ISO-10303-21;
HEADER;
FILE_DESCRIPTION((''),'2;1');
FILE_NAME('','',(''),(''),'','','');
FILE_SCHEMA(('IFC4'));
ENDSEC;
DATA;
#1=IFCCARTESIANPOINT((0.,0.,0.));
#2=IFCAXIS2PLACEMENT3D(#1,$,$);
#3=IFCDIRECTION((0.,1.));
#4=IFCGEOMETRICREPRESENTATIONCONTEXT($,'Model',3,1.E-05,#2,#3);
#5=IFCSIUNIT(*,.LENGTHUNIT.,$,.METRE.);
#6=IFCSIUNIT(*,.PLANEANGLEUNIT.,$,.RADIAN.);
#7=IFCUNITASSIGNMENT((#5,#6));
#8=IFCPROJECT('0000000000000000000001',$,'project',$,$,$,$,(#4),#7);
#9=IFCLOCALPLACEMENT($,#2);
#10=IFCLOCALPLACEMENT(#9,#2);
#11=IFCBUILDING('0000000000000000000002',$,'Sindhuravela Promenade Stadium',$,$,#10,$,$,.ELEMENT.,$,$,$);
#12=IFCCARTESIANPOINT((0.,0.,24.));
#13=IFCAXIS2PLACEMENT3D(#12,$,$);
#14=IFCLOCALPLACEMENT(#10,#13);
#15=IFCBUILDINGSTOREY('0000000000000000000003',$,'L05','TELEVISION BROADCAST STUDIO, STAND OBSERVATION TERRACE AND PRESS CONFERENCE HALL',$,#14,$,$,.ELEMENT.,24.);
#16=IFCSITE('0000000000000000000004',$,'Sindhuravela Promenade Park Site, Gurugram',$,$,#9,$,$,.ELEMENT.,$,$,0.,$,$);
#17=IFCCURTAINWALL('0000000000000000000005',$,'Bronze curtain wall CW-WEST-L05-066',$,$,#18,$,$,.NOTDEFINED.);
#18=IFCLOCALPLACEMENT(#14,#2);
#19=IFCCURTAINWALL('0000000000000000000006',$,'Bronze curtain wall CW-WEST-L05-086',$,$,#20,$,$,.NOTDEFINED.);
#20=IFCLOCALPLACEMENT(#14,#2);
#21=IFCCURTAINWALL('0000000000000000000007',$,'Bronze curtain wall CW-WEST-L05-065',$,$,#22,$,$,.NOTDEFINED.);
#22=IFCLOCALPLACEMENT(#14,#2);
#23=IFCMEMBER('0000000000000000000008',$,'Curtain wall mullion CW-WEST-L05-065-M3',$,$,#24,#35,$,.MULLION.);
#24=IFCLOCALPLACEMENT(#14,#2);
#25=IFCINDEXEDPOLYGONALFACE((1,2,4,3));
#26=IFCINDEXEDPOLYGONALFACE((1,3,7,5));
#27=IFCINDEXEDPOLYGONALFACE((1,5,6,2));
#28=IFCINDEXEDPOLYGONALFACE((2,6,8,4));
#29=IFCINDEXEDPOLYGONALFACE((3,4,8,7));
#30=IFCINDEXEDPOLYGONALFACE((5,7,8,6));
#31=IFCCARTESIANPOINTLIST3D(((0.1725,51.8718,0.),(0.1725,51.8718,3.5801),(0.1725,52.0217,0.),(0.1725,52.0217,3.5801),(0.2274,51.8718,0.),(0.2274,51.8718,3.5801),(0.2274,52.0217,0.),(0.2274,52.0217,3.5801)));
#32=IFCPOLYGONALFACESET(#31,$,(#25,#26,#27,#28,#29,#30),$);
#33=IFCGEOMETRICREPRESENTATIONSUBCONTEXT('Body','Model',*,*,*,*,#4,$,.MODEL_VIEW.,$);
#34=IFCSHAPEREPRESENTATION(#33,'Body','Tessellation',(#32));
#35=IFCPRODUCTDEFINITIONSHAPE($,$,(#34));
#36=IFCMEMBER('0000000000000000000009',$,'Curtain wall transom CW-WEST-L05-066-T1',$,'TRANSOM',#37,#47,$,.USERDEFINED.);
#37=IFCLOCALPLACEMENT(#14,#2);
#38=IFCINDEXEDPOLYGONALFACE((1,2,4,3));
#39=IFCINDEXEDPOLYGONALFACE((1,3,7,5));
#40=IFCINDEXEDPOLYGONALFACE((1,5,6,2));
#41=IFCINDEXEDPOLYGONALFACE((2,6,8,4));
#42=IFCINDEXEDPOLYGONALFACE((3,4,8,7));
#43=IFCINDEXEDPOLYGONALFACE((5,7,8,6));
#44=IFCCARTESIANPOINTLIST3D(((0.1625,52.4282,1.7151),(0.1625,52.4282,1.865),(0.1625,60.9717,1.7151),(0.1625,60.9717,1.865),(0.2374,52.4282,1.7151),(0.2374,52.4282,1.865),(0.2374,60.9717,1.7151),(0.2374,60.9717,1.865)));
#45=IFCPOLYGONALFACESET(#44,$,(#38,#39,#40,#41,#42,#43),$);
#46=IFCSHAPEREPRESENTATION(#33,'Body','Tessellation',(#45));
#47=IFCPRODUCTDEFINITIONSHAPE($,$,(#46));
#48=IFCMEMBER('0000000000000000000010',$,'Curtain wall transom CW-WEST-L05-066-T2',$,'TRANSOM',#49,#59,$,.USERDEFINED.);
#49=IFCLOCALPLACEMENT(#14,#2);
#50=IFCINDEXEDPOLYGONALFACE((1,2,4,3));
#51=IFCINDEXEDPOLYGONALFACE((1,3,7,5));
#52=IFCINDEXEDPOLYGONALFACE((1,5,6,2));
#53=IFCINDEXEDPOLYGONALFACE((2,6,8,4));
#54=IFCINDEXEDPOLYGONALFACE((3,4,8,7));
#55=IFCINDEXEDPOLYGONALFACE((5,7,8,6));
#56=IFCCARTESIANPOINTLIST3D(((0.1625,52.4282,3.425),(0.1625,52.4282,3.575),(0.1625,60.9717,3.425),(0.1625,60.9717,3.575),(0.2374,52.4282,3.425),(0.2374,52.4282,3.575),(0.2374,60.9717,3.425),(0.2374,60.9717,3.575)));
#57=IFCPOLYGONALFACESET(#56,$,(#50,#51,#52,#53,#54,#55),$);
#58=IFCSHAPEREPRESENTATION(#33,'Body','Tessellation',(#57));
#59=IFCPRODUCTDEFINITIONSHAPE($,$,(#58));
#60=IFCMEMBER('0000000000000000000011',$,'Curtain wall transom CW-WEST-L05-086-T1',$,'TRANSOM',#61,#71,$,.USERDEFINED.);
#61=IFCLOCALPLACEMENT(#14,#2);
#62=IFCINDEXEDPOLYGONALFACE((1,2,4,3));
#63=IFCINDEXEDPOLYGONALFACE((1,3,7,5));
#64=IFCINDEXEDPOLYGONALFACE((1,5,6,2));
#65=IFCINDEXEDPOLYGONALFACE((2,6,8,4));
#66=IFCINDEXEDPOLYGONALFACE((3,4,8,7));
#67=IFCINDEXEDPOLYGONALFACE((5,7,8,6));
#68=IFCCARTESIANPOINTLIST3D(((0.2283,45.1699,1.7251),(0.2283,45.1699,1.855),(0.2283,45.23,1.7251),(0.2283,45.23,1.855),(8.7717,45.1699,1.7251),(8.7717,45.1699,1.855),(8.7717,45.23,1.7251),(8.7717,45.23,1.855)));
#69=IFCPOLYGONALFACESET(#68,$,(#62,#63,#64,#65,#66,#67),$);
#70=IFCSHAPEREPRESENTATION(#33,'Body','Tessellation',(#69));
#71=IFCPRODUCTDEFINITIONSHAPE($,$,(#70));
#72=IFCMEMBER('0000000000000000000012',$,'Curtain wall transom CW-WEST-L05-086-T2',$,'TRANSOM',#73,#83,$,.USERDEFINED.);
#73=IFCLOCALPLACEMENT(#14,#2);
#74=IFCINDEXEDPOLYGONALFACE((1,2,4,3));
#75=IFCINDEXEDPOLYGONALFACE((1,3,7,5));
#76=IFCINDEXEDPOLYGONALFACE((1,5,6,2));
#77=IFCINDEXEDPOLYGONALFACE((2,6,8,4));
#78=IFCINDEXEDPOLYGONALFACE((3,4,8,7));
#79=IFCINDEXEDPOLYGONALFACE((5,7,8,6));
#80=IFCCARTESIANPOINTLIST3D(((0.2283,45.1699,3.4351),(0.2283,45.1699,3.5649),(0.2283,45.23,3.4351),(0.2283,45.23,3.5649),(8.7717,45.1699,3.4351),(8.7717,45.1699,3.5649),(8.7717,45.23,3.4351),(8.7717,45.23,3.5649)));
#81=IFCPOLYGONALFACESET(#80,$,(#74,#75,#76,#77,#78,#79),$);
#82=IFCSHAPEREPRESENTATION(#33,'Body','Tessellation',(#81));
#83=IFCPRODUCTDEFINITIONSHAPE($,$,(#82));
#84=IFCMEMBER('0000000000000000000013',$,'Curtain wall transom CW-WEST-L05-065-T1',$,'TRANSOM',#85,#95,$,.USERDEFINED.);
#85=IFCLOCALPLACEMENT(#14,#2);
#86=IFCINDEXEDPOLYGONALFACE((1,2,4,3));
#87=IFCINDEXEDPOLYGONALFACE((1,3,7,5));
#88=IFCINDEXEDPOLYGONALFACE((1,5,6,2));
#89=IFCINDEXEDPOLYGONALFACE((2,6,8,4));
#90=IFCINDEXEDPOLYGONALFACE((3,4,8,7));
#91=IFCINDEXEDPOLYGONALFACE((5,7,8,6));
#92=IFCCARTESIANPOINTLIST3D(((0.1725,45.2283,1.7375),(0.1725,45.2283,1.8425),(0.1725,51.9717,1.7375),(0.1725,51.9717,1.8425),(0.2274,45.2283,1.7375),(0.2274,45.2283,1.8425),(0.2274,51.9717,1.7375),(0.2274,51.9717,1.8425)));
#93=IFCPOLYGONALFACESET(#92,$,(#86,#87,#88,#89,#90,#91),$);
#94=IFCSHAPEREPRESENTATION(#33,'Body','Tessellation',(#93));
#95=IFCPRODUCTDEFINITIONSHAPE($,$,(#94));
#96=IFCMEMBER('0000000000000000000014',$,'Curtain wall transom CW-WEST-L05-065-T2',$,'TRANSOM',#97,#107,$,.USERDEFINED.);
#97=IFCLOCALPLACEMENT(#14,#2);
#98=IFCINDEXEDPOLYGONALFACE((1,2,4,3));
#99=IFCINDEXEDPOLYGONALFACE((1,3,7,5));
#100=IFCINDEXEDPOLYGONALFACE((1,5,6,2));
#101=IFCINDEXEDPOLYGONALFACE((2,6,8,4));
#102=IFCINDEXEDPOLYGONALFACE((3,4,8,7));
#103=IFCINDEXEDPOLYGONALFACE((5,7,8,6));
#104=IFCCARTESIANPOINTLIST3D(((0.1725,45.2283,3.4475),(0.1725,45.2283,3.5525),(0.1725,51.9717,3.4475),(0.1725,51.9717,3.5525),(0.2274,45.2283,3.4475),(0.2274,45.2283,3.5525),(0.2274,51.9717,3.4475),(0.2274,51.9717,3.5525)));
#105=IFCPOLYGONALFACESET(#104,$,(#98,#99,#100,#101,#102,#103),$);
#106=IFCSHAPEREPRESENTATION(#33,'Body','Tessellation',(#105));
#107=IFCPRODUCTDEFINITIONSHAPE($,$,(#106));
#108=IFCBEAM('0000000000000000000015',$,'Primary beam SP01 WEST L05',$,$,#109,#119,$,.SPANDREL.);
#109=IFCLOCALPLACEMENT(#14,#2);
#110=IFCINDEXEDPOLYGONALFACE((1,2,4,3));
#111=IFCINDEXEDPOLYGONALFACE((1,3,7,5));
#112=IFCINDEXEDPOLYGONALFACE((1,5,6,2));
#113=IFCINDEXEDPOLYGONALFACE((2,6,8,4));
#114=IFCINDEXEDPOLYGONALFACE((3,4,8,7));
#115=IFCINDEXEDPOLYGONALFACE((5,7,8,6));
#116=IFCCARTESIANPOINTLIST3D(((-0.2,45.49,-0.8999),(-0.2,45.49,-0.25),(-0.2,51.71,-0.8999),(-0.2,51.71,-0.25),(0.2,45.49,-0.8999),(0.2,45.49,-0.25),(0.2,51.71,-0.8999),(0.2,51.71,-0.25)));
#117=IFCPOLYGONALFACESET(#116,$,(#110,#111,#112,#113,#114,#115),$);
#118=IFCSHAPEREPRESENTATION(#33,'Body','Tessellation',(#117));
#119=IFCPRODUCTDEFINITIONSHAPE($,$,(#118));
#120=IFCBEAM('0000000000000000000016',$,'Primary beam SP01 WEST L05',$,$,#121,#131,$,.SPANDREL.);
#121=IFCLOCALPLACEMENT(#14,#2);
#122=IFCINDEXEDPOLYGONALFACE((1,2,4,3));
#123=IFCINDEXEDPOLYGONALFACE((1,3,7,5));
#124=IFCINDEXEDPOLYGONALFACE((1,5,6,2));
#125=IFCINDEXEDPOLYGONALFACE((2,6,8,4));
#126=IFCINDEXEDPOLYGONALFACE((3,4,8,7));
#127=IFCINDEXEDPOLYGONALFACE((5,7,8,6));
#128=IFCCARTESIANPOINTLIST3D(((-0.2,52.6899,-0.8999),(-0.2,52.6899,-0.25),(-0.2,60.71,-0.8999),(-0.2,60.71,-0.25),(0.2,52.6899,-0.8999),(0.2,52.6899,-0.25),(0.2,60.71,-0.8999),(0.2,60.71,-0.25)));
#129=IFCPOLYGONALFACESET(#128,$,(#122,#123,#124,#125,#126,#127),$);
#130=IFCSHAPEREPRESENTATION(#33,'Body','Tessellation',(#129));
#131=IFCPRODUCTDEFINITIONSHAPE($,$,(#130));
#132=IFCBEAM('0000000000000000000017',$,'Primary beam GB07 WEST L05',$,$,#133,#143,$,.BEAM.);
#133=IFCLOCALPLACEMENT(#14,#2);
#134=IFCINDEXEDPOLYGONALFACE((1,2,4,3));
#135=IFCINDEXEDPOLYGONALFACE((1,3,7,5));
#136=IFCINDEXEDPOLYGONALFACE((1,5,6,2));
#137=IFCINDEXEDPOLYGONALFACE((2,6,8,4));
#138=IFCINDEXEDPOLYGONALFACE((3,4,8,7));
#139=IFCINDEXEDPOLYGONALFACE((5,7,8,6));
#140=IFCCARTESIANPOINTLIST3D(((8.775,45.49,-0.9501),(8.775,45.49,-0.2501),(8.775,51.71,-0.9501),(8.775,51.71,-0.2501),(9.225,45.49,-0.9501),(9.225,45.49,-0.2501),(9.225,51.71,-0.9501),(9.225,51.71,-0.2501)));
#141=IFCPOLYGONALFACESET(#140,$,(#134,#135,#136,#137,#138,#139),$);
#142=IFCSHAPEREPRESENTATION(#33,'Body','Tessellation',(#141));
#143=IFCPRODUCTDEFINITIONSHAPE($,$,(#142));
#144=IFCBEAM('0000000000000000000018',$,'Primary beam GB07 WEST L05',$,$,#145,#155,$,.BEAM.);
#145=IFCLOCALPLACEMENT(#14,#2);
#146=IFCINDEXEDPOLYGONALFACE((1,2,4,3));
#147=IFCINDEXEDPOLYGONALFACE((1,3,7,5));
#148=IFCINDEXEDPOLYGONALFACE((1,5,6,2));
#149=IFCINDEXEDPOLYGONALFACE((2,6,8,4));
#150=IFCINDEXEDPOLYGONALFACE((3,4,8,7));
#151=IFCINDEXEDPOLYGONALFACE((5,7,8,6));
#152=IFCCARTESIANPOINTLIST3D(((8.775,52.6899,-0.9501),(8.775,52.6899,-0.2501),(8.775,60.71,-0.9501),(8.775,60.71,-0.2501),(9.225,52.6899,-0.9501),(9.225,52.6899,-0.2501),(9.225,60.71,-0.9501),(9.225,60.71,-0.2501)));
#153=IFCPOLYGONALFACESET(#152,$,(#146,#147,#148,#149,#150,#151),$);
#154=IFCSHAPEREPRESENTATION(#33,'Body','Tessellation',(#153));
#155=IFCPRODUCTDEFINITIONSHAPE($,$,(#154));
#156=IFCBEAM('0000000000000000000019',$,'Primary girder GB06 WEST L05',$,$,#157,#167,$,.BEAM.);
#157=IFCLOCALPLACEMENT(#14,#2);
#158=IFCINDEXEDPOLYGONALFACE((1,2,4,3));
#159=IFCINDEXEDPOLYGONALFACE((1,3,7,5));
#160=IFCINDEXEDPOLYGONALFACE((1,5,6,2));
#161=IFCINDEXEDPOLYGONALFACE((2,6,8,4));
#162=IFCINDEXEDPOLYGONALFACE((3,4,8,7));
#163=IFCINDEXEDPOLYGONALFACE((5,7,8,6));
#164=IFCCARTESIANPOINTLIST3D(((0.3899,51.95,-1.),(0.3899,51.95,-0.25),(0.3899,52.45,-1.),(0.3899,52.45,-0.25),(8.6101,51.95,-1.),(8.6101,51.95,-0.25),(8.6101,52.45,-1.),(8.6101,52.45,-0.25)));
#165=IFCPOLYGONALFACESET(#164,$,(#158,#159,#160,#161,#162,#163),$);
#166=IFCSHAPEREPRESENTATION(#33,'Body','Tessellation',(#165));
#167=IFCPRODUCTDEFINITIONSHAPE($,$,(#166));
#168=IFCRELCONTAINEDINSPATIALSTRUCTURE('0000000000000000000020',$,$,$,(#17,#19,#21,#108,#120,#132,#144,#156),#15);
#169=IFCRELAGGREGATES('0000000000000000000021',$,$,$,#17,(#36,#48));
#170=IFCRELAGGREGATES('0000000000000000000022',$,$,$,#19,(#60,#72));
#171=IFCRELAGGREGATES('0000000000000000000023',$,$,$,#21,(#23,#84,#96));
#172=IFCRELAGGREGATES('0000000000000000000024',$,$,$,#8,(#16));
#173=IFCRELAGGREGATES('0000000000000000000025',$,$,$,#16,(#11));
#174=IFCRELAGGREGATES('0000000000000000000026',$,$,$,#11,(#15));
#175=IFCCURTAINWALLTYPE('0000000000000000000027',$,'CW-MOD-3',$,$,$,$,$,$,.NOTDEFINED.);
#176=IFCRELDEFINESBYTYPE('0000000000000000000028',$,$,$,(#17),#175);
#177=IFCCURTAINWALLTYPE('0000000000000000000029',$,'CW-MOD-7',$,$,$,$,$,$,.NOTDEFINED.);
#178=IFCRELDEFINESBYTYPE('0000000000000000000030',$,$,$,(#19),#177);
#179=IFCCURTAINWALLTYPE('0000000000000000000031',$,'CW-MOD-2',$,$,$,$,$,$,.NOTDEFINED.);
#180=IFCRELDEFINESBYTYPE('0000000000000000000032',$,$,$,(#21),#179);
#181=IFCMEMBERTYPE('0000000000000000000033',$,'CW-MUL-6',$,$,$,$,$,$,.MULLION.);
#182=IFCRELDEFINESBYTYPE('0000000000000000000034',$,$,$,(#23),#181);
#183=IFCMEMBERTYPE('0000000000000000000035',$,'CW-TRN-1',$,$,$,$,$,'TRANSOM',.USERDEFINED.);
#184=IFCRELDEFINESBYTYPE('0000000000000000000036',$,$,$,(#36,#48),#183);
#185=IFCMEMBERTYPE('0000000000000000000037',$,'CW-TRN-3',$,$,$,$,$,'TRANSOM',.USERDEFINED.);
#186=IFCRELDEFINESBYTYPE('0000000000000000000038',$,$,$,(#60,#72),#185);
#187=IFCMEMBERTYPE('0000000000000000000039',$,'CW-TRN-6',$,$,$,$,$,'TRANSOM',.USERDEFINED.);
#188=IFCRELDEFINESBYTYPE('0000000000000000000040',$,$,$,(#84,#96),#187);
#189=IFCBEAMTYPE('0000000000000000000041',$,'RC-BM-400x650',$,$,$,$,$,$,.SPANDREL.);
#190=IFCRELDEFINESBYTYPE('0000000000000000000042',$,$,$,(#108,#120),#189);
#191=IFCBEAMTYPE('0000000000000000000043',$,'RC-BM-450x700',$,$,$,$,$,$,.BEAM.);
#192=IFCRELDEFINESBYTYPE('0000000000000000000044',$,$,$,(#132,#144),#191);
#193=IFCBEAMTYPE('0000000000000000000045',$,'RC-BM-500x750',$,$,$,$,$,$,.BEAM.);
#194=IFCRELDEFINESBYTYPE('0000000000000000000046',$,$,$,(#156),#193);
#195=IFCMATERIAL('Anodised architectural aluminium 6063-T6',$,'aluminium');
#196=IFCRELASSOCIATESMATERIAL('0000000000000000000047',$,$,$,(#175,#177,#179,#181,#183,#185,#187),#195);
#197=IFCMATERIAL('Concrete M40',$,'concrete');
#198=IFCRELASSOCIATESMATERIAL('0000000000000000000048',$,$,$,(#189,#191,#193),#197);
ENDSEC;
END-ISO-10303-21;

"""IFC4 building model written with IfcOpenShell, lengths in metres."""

from ifc_helpers import new_model, si_unit, direction, frame, origin, origin_2d, place, context, subcontext, project, spatial, rectangle, extrude, material, material_profile, profile_set, type_object, element, aggregate, save


model = new_model("IFC4")

# Units and contexts
model_context = context("Model", 3, precision=1e-05, world=origin(), true_north=direction((0.0, 1.0)))
body_context = subcontext(model_context, "Body", "Model", "MODEL_VIEW")
ifc_project = project(units=[si_unit("LENGTHUNIT", "METRE"), si_unit("PLANEANGLEUNIT", "RADIAN")], contexts=[model_context])

# Site, building, storey
site_placement = place(None, origin())
site = spatial("IfcSite", under=ifc_project, at=site_placement, Name="Sindhuravela Promenade Park Site, Gurugram", CompositionType="ELEMENT", RefElevation=0.0)
building_placement = place(site_placement, origin())
building = spatial("IfcBuilding", under=site, at=building_placement, Name="Sindhuravela Promenade Stadium", CompositionType="ELEMENT")
storey_placement = place(building_placement, frame((0.0, 0.0, 24.0)))
storey = spatial("IfcBuildingStorey", under=building, at=storey_placement, Name="L05", Description="TELEVISION BROADCAST STUDIO, STAND OBSERVATION TERRACE AND PRESS CONFERENCE HALL", CompositionType="ELEMENT", Elevation=24.0)

# Curtain wall
ifc_material_1 = material(Name="Anodised architectural aluminium 6063-T6", Category="aluminium")
curtain_wall_type_1 = type_object("IfcCurtainWallType", Name="CW-MOD-3", PredefinedType="NOTDEFINED", material=ifc_material_1)
curtain_wall_1_placement = place(storey_placement, origin())
curtain_wall_1 = element("IfcCurtainWall", 1, at=curtain_wall_1_placement, inside=storey, type_object=curtain_wall_type_1, Name="Bronze curtain wall CW-WEST-L05-066", PredefinedType="NOTDEFINED")

# Curtain walls, member
curtain_wall_type_2 = type_object("IfcCurtainWallType", Name="CW-MOD-7", PredefinedType="NOTDEFINED", material=ifc_material_1)
curtain_wall_2_placement = place(storey_placement, origin())
curtain_wall_2 = element("IfcCurtainWall", 2, at=curtain_wall_2_placement, inside=storey, type_object=curtain_wall_type_2, Name="Bronze curtain wall CW-WEST-L05-086", PredefinedType="NOTDEFINED")
curtain_wall_type_3 = type_object("IfcCurtainWallType", Name="CW-MOD-2", PredefinedType="NOTDEFINED", material=ifc_material_1)
curtain_wall_3_placement = place(storey_placement, origin())
curtain_wall_3 = element("IfcCurtainWall", 3, at=curtain_wall_3_placement, inside=storey, type_object=curtain_wall_type_3, Name="Bronze curtain wall CW-WEST-L05-065", PredefinedType="NOTDEFINED")
ifc_material_profile_1 = material_profile(ifc_material_1, rectangle(XDim=0.0549, YDim=0.1499, at=origin_2d()), Name="ALU M55x150")
ifc_profile_set_1 = profile_set([ifc_material_profile_1], Name="Anodised architectural aluminium 6063-T6")
member_type_1 = type_object("IfcMemberType", Name="CW-MUL-6", PredefinedType="MULLION", material=ifc_profile_set_1)
member_1_placement = place(storey_placement, frame((0.2, 51.9468, 0.0), z_axis=(0.0, 0.0, 1.0), x_axis=(1.0, 0.0, 0.0)))
member_1 = element("IfcMember", 4, at=member_1_placement, type_object=member_type_1, Name="Curtain wall mullion CW-WEST-L05-065-M3", PredefinedType="MULLION", context=body_context, shape_type="SweptSolid", body=[
    extrude(rectangle(XDim=0.0549, YDim=0.1499, at=origin_2d()), origin(), (0.0, 0.0, 1.0), 3.5801),
])

# Members
ifc_material_profile_2 = material_profile(ifc_material_1, rectangle(XDim=0.075, YDim=0.1499, at=origin_2d()), Name="ALU TRAN 75x150")
ifc_profile_set_2 = profile_set([ifc_material_profile_2], Name="Anodised architectural aluminium 6063-T6")
member_type_2 = type_object("IfcMemberType", Name="CW-TRN-1", ElementType="TRANSOM", PredefinedType="USERDEFINED", material=ifc_profile_set_2)
member_2_placement = place(storey_placement, frame((0.2, 52.4282, 1.79), z_axis=(0.0, 1.0, 0.0), x_axis=(-1.0, 0.0, 0.0)))
member_2 = element("IfcMember", 5, at=member_2_placement, type_object=member_type_2, Name="Curtain wall transom CW-WEST-L05-066-T1", ObjectType="TRANSOM", PredefinedType="USERDEFINED", context=body_context, shape_type="SweptSolid", body=[
    extrude(rectangle(XDim=0.075, YDim=0.1499, at=origin_2d()), origin(), (0.0, 0.0, 1.0), 8.5435),
])
member_3_placement = place(storey_placement, frame((0.2, 52.4282, 3.5), z_axis=(0.0, 1.0, 0.0), x_axis=(-1.0, 0.0, 0.0)))
member_3 = element("IfcMember", 6, at=member_3_placement, type_object=member_type_2, Name="Curtain wall transom CW-WEST-L05-066-T2", ObjectType="TRANSOM", PredefinedType="USERDEFINED", context=body_context, shape_type="SweptSolid", body=[
    extrude(rectangle(XDim=0.075, YDim=0.1499, at=origin_2d()), origin(), (0.0, 0.0, 1.0), 8.5435),
])
aggregate(curtain_wall_1, [member_2, member_3])
ifc_material_profile_3 = material_profile(ifc_material_1, rectangle(XDim=0.0601, YDim=0.1299, at=origin_2d()), Name="ALU T60x130")
ifc_profile_set_3 = profile_set([ifc_material_profile_3], Name="Anodised architectural aluminium 6063-T6")
member_type_3 = type_object("IfcMemberType", Name="CW-TRN-3", ElementType="TRANSOM", PredefinedType="USERDEFINED", material=ifc_profile_set_3)
member_4_placement = place(storey_placement, frame((8.7717, 45.2, 1.79), z_axis=(-1.0, 0.0, 0.0), x_axis=(0.0, -1.0, 0.0)))
member_4 = element("IfcMember", 7, at=member_4_placement, type_object=member_type_3, Name="Curtain wall transom CW-WEST-L05-086-T1", ObjectType="TRANSOM", PredefinedType="USERDEFINED", context=body_context, shape_type="SweptSolid", body=[
    extrude(rectangle(XDim=0.0601, YDim=0.1299, at=origin_2d()), origin(), (0.0, 0.0, 1.0), 8.5435),
])
member_5_placement = place(storey_placement, frame((8.7717, 45.2, 3.5), z_axis=(-1.0, 0.0, 0.0), x_axis=(0.0, -1.0, 0.0)))
member_5 = element("IfcMember", 8, at=member_5_placement, type_object=member_type_3, Name="Curtain wall transom CW-WEST-L05-086-T2", ObjectType="TRANSOM", PredefinedType="USERDEFINED", context=body_context, shape_type="SweptSolid", body=[
    extrude(rectangle(XDim=0.0601, YDim=0.1299, at=origin_2d()), origin(), (0.0, 0.0, 1.0), 8.5435),
])
ifc_material_profile_4 = material_profile(ifc_material_1, rectangle(XDim=0.0549, YDim=0.105, at=origin_2d()), Name="ALU T55x105")
ifc_profile_set_4 = profile_set([ifc_material_profile_4], Name="Anodised architectural aluminium 6063-T6")
member_type_4 = type_object("IfcMemberType", Name="CW-TRN-6", ElementType="TRANSOM", PredefinedType="USERDEFINED", material=ifc_profile_set_4)
member_6_placement = place(storey_placement, frame((0.2, 45.2283, 1.79), z_axis=(0.0, 1.0, 0.0), x_axis=(-1.0, 0.0, 0.0)))
member_6 = element("IfcMember", 9, at=member_6_placement, type_object=member_type_4, Name="Curtain wall transom CW-WEST-L05-065-T1", ObjectType="TRANSOM", PredefinedType="USERDEFINED", context=body_context, shape_type="SweptSolid", body=[
    extrude(rectangle(XDim=0.0549, YDim=0.105, at=origin_2d()), origin(), (0.0, 0.0, 1.0), 6.7434),
])
member_7_placement = place(storey_placement, frame((0.2, 45.2283, 3.5), z_axis=(0.0, 1.0, 0.0), x_axis=(-1.0, 0.0, 0.0)))
member_7 = element("IfcMember", 10, at=member_7_placement, type_object=member_type_4, Name="Curtain wall transom CW-WEST-L05-065-T2", ObjectType="TRANSOM", PredefinedType="USERDEFINED", context=body_context, shape_type="SweptSolid", body=[
    extrude(rectangle(XDim=0.0549, YDim=0.105, at=origin_2d()), origin(), (0.0, 0.0, 1.0), 6.7434),
])

# Beams
ifc_material_2 = material(Name="Concrete M40", Category="concrete")
ifc_material_profile_5 = material_profile(ifc_material_2, rectangle(XDim=0.3999, YDim=0.6499, at=origin_2d()), Name="RC 400x650")
ifc_profile_set_5 = profile_set([ifc_material_profile_5], Name="Concrete M40")
beam_type_1 = type_object("IfcBeamType", Name="RC-BM-400x650", PredefinedType="SPANDREL", material=ifc_profile_set_5)
beam_1_placement = place(storey_placement, frame((0.0, 45.49, -0.575), z_axis=(0.0, 1.0, 0.0), x_axis=(-1.0, 0.0, 0.0)))
element("IfcBeam", 11, at=beam_1_placement, inside=storey, type_object=beam_type_1, Name="Primary beam SP01 WEST L05", PredefinedType="SPANDREL", context=body_context, shape_type="SweptSolid", body=[
    extrude(rectangle(XDim=0.3999, YDim=0.6499, at=origin_2d()), origin(), (0.0, 0.0, 1.0), 6.22),
])
beam_2_placement = place(storey_placement, frame((0.0, 52.6899, -0.575), z_axis=(0.0, 1.0, 0.0), x_axis=(-1.0, 0.0, 0.0)))
element("IfcBeam", 12, at=beam_2_placement, inside=storey, type_object=beam_type_1, Name="Primary beam SP01 WEST L05", PredefinedType="SPANDREL", context=body_context, shape_type="SweptSolid", body=[
    extrude(rectangle(XDim=0.3999, YDim=0.6499, at=origin_2d()), origin(), (0.0, 0.0, 1.0), 8.02),
])
ifc_material_profile_6 = material_profile(ifc_material_2, rectangle(XDim=0.45, YDim=0.7, at=origin_2d()), Name="RC 450x700")
ifc_profile_set_6 = profile_set([ifc_material_profile_6], Name="Concrete M40")
beam_type_2 = type_object("IfcBeamType", Name="RC-BM-450x700", PredefinedType="BEAM", material=ifc_profile_set_6)
beam_3_placement = place(storey_placement, frame((9.0, 45.49, -0.6001), z_axis=(0.0, 1.0, 0.0), x_axis=(-1.0, 0.0, 0.0)))
element("IfcBeam", 13, at=beam_3_placement, inside=storey, type_object=beam_type_2, Name="Primary beam GB07 WEST L05", PredefinedType="BEAM", context=body_context, shape_type="SweptSolid", body=[
    extrude(rectangle(XDim=0.45, YDim=0.7, at=origin_2d()), origin(), (0.0, 0.0, 1.0), 6.22),
])
beam_4_placement = place(storey_placement, frame((9.0, 52.6899, -0.6001), z_axis=(0.0, 1.0, 0.0), x_axis=(-1.0, 0.0, 0.0)))
element("IfcBeam", 14, at=beam_4_placement, inside=storey, type_object=beam_type_2, Name="Primary beam GB07 WEST L05", PredefinedType="BEAM", context=body_context, shape_type="SweptSolid", body=[
    extrude(rectangle(XDim=0.45, YDim=0.7, at=origin_2d()), origin(), (0.0, 0.0, 1.0), 8.02),
])
ifc_material_profile_7 = material_profile(ifc_material_2, rectangle(XDim=0.5, YDim=0.75, at=origin_2d()), Name="RC 500x750")
ifc_profile_set_7 = profile_set([ifc_material_profile_7], Name="Concrete M40")
beam_type_3 = type_object("IfcBeamType", Name="RC-BM-500x750", PredefinedType="BEAM", material=ifc_profile_set_7)
beam_5_placement = place(storey_placement, frame((0.3899, 52.2, -0.625), z_axis=(1.0, 0.0, 0.0), x_axis=(0.0, 1.0, 0.0)))
element("IfcBeam", 15, at=beam_5_placement, inside=storey, type_object=beam_type_3, Name="Primary girder GB06 WEST L05", PredefinedType="BEAM", context=body_context, shape_type="SweptSolid", body=[
    extrude(rectangle(XDim=0.5, YDim=0.75, at=origin_2d()), origin(), (0.0, 0.0, 1.0), 8.2202),
])

aggregate(curtain_wall_2, [member_4, member_5])
aggregate(curtain_wall_3, [member_1, member_6, member_7])

save(model, "model.ifc")
